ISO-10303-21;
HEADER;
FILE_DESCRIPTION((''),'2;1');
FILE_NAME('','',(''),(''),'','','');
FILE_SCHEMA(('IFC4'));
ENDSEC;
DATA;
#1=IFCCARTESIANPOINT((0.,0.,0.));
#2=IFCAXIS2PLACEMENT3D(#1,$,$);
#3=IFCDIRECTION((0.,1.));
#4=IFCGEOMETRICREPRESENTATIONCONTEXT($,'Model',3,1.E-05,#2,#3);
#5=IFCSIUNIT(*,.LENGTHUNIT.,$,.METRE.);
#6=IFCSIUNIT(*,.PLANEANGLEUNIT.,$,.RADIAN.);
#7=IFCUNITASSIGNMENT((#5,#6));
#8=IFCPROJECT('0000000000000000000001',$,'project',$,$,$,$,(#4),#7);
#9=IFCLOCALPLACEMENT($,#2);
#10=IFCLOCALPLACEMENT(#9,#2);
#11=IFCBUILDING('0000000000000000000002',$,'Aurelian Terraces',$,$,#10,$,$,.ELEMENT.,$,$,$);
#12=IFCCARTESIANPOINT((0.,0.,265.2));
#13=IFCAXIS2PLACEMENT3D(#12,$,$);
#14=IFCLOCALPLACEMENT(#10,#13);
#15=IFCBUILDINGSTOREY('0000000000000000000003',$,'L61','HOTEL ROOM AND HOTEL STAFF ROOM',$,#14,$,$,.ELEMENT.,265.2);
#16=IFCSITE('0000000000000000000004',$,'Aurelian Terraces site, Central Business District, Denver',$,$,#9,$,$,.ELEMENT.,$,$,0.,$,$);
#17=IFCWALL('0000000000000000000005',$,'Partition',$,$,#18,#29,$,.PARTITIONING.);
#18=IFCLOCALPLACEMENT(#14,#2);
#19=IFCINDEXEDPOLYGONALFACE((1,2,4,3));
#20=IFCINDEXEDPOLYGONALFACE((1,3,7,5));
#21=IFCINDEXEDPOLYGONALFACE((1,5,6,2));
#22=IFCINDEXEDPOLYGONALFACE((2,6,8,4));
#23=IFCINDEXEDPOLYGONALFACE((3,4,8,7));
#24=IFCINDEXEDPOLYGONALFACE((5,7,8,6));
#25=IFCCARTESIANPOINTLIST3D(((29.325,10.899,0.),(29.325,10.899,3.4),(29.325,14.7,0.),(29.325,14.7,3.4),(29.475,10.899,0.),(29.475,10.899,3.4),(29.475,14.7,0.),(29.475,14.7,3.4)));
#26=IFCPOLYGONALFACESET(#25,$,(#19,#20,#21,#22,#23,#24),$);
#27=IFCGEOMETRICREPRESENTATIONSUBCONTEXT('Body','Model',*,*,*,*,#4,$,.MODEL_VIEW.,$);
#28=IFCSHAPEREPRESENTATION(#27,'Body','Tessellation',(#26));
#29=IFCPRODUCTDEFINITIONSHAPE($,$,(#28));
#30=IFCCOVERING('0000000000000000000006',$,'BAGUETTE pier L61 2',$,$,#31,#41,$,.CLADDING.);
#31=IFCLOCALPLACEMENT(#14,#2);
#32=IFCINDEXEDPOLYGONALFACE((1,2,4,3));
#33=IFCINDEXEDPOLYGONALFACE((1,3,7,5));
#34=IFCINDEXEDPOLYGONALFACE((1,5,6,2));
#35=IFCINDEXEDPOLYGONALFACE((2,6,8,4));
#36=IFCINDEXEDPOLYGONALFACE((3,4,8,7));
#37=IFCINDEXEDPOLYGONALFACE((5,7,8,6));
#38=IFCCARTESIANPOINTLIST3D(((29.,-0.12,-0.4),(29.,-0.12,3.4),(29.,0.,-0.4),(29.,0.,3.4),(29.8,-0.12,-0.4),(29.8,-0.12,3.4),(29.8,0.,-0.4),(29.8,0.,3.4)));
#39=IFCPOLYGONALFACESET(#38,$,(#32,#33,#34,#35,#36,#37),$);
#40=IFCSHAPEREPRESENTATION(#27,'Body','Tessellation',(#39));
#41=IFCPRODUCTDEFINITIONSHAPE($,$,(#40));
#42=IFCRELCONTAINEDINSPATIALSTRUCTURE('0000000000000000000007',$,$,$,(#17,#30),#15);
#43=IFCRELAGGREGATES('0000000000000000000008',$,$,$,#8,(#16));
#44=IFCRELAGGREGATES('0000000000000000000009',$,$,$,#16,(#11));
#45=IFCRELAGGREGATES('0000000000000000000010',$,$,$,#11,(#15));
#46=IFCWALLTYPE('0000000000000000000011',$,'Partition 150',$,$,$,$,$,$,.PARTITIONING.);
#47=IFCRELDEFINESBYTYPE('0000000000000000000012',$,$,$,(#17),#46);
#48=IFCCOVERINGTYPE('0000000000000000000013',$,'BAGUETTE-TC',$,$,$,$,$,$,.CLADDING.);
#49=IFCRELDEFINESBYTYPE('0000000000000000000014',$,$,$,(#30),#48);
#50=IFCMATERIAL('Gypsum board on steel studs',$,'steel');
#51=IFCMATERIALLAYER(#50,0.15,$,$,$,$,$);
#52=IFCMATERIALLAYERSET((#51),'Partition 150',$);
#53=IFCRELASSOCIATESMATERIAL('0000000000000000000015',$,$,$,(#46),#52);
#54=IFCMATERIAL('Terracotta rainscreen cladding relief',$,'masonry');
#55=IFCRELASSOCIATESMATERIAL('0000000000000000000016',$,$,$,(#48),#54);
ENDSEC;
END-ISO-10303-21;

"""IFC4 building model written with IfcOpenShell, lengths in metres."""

from ifc_helpers import new_model, si_unit, direction, frame, frame_2d, origin, origin_2d, place, context, subcontext, project, spatial, rectangle, extrude, source, transform, mapped, material, layer, layer_set, type_object, element, save


model = new_model("IFC4")

# Units and contexts
model_context = context("Model", 3, precision=1e-05, world=origin(), true_north=direction((0.0, 1.0)))
body_context = subcontext(model_context, "Body", "Model", "MODEL_VIEW")
ifc_project = project(units=[si_unit("LENGTHUNIT", "METRE"), si_unit("PLANEANGLEUNIT", "RADIAN")], contexts=[model_context])

# Site, building, storey
site_placement = place(None, origin())
site = spatial("IfcSite", under=ifc_project, at=site_placement, Name="Aurelian Terraces site, Central Business District, Denver", CompositionType="ELEMENT", RefElevation=0.0)
building_placement = place(site_placement, origin())
building = spatial("IfcBuilding", under=site, at=building_placement, Name="Aurelian Terraces", CompositionType="ELEMENT")
storey_placement = place(building_placement, frame((0.0, 0.0, 265.2)))
storey = spatial("IfcBuildingStorey", under=building, at=storey_placement, Name="L61", Description="HOTEL ROOM AND HOTEL STAFF ROOM", CompositionType="ELEMENT", Elevation=265.2)

# Shared definitions
ifc_material_1 = material(Name="Gypsum board on steel studs", Category="steel")
ifc_layer_1 = layer(ifc_material_1, 0.15)
ifc_layer_set_1 = layer_set([ifc_layer_1], Name="Partition 150")
wall_type_1 = type_object("IfcWallType", Name="Partition 150", PredefinedType="PARTITIONING", material=ifc_layer_set_1)

# Wall
shared_shape_1 = source(origin(), body_context, "Body", "SweptSolid", [
    extrude(rectangle(XDim=3.801, YDim=0.15, at=frame_2d((1.9005, 0.0))), origin(), (0.0, 0.0, 1.0), 3.4),
])
wall_1_placement = place(storey_placement, frame((29.4, 10.899, 0.0), z_axis=(0.0, 0.0, 1.0), x_axis=(0.0, 1.0, 0.0)))
element("IfcWall", 1, at=wall_1_placement, inside=storey, type_object=wall_type_1, Name="Partition", PredefinedType="PARTITIONING", context=body_context, shape_type="MappedRepresentation", body=[
    mapped(shared_shape_1, transform((0.0, 0.0, 0.0), scale=1.0)),
])

# Covering
ifc_material_2 = material(Name="Terracotta rainscreen cladding relief", Category="masonry")
covering_type = type_object("IfcCoveringType", Name="BAGUETTE-TC", PredefinedType="CLADDING", material=ifc_material_2)
shared_shape_2 = source(origin(), body_context, "Body", "SweptSolid", [
    extrude(rectangle(XDim=0.8, YDim=0.12, at=origin_2d()), origin(), (0.0, 0.0, 1.0), 3.8),
])
covering_placement = place(storey_placement, frame((29.4, -0.06, -0.4), z_axis=(0.0, 0.0, 1.0), x_axis=(1.0, 0.0, 0.0)))
element("IfcCovering", 2, at=covering_placement, inside=storey, type_object=covering_type, Name="BAGUETTE pier L61 2", PredefinedType="CLADDING", context=body_context, shape_type="MappedRepresentation", body=[
    mapped(shared_shape_2, transform((0.0, 0.0, 0.0), scale=1.0)),
])

save(model, "model.ifc")
